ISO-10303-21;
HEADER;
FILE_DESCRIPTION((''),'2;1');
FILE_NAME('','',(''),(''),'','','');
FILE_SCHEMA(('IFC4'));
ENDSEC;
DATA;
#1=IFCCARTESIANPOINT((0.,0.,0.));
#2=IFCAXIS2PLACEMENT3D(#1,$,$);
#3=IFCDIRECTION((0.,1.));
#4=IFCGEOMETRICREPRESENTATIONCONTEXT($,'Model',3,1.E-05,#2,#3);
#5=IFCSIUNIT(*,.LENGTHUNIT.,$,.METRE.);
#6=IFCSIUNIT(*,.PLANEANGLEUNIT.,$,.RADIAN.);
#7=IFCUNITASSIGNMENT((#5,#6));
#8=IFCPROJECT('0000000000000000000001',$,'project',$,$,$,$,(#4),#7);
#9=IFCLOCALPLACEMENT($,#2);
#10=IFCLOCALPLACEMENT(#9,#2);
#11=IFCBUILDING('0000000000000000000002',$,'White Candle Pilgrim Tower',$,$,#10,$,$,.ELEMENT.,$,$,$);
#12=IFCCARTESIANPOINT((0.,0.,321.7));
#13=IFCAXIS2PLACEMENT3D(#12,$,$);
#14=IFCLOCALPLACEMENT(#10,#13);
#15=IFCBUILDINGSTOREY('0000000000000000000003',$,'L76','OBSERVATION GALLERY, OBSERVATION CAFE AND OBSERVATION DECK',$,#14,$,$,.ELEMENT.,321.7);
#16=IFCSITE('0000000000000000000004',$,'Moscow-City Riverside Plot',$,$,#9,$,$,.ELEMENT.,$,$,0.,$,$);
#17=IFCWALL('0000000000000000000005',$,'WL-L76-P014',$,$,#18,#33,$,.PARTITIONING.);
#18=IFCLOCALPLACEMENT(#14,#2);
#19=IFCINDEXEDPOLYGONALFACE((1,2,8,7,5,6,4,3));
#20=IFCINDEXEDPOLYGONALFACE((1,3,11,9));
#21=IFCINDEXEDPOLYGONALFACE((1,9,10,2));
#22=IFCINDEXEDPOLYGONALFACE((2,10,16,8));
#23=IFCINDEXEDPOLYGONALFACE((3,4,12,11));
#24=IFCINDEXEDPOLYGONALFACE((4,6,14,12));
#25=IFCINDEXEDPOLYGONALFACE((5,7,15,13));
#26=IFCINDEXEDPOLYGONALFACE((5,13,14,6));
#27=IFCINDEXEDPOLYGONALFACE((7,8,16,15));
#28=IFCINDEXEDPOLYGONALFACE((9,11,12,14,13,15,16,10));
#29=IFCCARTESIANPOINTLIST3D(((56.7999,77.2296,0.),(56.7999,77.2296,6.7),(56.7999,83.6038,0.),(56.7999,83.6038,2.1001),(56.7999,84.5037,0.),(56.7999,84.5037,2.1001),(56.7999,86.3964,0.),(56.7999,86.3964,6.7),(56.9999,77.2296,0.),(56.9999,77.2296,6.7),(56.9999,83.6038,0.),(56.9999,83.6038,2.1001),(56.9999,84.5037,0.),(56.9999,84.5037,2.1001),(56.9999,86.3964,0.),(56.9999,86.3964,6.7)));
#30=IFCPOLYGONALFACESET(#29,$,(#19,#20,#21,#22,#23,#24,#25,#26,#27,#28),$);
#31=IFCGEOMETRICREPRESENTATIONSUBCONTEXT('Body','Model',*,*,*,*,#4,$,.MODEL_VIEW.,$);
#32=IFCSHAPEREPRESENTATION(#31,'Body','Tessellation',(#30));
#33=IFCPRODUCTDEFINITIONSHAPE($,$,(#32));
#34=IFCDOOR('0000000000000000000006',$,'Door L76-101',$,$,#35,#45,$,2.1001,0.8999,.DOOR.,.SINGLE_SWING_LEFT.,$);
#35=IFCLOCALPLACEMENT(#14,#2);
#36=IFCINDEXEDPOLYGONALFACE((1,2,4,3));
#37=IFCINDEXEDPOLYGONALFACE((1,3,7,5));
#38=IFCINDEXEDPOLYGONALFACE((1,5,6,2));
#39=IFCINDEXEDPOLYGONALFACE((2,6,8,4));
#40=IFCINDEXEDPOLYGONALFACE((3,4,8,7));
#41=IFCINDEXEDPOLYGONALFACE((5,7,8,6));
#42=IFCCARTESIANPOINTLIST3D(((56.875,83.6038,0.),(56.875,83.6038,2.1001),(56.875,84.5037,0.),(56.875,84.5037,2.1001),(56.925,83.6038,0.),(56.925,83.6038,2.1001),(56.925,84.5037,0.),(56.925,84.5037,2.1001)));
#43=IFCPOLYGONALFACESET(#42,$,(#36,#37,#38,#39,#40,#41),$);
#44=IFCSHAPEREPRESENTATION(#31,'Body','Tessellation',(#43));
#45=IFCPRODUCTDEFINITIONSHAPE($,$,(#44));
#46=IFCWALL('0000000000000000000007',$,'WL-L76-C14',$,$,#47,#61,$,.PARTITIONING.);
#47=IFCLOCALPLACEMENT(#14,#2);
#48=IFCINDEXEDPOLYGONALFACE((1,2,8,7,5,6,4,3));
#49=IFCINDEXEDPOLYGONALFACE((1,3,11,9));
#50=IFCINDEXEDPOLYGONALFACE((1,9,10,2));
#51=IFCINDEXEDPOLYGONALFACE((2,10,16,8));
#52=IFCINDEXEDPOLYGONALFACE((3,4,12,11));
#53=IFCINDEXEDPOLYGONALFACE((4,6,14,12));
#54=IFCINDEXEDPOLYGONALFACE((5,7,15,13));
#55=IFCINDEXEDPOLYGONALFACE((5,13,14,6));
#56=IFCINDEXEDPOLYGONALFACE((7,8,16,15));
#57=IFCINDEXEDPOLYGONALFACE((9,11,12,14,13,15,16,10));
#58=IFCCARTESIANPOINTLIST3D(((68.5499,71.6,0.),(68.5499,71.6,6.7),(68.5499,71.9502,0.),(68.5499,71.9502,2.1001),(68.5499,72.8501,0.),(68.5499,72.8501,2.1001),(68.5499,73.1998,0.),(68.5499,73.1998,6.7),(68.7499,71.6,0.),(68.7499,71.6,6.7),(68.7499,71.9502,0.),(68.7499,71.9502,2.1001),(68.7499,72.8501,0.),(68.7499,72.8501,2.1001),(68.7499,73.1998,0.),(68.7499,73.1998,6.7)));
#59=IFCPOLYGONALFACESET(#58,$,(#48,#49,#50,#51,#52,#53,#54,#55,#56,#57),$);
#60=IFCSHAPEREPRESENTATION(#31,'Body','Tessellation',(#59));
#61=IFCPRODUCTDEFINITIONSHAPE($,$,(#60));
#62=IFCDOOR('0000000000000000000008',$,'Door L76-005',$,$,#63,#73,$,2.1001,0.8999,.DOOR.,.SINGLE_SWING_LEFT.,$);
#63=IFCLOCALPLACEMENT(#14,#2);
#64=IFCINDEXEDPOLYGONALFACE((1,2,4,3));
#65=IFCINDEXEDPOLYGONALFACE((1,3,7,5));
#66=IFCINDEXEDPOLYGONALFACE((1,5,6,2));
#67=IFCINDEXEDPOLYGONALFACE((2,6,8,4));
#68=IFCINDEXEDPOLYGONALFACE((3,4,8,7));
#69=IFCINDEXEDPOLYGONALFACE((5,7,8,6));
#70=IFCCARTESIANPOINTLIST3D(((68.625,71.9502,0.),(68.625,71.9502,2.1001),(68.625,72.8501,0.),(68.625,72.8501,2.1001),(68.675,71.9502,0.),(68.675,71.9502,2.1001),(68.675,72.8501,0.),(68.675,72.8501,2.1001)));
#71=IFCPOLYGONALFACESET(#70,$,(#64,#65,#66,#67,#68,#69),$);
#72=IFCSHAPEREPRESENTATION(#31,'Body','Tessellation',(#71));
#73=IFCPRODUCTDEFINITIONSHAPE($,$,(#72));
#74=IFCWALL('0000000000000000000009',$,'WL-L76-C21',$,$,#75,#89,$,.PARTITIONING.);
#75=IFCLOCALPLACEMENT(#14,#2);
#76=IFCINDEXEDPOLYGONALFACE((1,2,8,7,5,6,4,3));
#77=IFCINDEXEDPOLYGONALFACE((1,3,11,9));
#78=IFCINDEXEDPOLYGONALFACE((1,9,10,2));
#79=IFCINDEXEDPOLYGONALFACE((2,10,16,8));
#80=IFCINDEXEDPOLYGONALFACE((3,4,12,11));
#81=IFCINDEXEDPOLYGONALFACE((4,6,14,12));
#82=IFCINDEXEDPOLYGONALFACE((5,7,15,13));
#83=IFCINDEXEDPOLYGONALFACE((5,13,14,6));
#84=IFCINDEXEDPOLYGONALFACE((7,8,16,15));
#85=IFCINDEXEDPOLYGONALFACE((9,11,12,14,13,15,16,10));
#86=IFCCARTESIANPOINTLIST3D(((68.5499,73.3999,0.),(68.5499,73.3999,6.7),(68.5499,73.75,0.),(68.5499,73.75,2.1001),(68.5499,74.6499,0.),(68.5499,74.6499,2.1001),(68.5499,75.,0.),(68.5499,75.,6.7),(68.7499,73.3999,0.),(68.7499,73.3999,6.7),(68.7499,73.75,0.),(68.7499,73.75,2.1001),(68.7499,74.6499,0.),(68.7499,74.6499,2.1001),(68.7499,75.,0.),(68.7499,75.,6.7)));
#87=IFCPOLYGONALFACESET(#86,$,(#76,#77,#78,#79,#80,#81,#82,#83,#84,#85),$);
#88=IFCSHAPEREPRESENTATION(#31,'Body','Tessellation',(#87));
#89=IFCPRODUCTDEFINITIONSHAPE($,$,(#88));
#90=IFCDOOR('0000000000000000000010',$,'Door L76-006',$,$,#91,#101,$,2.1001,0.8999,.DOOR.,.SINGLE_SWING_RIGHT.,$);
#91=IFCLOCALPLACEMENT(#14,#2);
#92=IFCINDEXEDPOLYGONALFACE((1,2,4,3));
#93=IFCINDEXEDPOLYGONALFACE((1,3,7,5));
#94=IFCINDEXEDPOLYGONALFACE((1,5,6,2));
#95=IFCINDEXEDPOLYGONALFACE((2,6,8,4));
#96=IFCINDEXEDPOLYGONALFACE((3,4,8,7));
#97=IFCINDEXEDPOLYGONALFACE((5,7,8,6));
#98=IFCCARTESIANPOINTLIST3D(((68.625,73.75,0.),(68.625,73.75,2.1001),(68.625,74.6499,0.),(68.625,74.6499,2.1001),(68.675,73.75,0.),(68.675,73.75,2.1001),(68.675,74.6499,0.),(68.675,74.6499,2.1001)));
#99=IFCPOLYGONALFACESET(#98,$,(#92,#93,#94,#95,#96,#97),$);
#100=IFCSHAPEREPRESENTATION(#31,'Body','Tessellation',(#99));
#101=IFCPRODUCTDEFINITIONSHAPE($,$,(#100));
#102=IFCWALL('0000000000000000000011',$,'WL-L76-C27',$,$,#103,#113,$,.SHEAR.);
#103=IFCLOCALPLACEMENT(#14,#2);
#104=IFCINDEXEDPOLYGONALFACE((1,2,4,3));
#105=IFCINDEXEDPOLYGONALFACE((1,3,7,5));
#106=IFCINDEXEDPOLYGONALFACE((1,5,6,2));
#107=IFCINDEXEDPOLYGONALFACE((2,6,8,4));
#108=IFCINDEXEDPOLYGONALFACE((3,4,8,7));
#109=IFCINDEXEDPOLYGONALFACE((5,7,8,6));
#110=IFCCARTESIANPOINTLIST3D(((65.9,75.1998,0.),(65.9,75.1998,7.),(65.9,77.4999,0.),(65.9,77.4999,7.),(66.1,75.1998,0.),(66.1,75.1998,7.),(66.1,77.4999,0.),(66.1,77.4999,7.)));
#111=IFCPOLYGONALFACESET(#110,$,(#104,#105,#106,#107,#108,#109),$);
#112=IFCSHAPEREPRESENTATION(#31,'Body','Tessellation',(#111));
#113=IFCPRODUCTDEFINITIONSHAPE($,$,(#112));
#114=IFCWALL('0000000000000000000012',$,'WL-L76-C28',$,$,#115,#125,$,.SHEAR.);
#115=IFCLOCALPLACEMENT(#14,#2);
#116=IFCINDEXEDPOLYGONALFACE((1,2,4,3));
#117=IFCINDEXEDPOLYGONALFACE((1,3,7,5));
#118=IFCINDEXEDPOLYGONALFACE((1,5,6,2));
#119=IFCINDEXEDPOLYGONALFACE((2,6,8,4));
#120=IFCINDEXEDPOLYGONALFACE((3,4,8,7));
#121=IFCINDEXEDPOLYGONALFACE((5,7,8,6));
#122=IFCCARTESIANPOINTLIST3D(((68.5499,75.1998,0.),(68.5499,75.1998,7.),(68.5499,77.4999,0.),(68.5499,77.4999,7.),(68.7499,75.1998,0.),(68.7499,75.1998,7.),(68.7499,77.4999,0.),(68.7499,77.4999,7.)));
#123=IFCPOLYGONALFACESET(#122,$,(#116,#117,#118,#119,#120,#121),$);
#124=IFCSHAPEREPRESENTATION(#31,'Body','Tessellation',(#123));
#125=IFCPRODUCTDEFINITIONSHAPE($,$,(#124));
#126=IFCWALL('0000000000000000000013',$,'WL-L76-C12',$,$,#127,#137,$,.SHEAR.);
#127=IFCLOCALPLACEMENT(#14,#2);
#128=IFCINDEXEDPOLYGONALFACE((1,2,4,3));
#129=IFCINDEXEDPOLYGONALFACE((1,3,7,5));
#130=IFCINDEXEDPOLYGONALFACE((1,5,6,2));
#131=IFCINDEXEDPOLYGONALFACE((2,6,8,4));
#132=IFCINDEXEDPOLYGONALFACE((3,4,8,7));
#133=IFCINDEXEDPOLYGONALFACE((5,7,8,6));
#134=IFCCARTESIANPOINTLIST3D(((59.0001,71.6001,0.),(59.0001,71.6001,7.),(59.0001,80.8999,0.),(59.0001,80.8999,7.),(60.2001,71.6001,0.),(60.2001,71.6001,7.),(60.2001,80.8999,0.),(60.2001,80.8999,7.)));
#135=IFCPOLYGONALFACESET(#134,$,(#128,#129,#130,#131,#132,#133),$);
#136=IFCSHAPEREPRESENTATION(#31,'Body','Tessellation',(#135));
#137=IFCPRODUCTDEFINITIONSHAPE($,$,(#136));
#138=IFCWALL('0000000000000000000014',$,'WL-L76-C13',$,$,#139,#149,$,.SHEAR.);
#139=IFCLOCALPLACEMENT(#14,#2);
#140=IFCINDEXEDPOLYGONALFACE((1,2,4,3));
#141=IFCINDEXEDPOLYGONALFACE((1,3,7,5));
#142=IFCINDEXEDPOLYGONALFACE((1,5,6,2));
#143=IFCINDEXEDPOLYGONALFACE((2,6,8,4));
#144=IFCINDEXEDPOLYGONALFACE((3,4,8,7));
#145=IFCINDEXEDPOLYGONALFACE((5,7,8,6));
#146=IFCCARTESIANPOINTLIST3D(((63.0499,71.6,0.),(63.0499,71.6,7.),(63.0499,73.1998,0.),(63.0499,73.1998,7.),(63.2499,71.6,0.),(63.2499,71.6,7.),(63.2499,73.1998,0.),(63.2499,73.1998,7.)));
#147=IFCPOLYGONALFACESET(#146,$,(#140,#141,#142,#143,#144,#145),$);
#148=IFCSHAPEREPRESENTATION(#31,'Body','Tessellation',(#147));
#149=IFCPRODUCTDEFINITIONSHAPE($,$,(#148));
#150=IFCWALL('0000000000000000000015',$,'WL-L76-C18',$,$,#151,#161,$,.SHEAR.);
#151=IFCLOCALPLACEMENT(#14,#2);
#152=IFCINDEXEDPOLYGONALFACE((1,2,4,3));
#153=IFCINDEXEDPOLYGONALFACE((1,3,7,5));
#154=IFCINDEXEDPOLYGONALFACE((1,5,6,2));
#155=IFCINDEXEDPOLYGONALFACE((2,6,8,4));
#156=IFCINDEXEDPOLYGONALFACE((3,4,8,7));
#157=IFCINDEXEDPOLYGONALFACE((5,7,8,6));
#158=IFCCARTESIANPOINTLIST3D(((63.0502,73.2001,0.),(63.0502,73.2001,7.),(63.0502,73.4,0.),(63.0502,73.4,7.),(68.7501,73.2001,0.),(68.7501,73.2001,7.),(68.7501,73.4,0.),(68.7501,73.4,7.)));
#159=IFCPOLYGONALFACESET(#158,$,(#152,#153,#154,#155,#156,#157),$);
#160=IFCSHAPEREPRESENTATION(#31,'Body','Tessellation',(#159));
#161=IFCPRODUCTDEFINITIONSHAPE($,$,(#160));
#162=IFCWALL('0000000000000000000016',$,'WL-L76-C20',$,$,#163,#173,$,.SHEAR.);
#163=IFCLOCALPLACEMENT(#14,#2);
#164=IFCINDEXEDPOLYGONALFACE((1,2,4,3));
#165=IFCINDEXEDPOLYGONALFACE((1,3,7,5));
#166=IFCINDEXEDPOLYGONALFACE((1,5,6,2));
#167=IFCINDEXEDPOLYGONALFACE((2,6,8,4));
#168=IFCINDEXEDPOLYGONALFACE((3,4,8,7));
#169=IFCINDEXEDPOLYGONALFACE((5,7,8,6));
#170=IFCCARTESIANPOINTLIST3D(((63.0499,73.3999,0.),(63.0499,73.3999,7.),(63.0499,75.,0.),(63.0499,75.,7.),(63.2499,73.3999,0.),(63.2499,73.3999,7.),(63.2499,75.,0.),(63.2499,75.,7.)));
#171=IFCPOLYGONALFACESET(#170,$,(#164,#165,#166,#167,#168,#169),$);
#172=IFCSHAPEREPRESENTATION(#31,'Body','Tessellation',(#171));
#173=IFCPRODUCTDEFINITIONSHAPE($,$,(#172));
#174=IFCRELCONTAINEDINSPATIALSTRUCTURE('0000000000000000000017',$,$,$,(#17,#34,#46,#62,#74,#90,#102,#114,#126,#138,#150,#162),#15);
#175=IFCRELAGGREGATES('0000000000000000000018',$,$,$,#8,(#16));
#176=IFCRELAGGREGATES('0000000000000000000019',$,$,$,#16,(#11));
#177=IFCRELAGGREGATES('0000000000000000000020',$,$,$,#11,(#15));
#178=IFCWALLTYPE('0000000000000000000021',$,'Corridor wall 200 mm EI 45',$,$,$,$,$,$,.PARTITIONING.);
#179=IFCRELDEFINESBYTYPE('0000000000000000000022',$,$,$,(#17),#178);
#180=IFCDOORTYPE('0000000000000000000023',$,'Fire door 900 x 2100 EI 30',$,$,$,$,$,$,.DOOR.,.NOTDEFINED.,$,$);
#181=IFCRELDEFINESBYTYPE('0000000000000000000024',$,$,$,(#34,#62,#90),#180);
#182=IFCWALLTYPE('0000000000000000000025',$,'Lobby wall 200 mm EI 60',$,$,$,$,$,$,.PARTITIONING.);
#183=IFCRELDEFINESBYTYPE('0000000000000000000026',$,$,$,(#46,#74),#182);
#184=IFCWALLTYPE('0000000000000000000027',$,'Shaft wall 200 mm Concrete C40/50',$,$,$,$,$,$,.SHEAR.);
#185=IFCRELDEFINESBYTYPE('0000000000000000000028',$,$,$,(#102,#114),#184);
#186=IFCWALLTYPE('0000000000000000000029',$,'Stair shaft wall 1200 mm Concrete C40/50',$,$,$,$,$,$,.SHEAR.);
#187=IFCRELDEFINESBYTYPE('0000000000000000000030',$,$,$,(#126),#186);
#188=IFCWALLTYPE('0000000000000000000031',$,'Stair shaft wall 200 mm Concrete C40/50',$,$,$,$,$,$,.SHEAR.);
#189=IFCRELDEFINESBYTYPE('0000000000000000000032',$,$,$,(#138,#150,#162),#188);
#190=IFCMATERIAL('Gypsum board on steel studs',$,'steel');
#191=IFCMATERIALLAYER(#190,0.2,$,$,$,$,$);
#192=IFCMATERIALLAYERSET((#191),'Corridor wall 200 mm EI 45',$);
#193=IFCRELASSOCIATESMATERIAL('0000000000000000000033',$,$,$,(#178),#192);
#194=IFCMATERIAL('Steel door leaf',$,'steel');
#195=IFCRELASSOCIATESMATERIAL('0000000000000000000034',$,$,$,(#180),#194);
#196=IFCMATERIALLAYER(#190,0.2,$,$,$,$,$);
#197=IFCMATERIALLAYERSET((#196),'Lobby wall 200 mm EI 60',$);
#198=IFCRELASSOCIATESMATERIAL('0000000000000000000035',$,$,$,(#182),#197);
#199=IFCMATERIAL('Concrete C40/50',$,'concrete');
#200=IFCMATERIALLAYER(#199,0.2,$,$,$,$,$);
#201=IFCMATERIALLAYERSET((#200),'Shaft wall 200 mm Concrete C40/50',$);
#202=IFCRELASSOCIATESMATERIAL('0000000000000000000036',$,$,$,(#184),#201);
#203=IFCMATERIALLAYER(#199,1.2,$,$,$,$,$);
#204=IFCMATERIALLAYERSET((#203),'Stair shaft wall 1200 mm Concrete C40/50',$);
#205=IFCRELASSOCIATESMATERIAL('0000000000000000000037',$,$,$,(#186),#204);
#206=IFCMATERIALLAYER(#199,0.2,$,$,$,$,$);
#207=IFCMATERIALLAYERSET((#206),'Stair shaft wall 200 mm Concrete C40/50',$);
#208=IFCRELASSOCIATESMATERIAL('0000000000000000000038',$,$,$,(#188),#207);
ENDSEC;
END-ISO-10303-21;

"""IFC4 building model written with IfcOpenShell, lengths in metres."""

from ifc_helpers import new_model, si_unit, direction, frame, frame_2d, origin, place, context, subcontext, project, spatial, rectangle, extrude, material, layer, layer_set, type_object, element, fill, save


model = new_model("IFC4")

# Units and contexts
model_context = context("Model", 3, precision=1e-05, world=origin(), true_north=direction((0.0, 1.0)))
body_context = subcontext(model_context, "Body", "Model", "MODEL_VIEW")
ifc_project = project(units=[si_unit("LENGTHUNIT", "METRE"), si_unit("PLANEANGLEUNIT", "RADIAN")], contexts=[model_context])

# Site, building, storey
site_placement = place(None, origin())
site = spatial("IfcSite", under=ifc_project, at=site_placement, Name="Moscow-City Riverside Plot", CompositionType="ELEMENT", RefElevation=0.0)
building_placement = place(site_placement, origin())
building = spatial("IfcBuilding", under=site, at=building_placement, Name="White Candle Pilgrim Tower", CompositionType="ELEMENT")
storey_placement = place(building_placement, frame((0.0, 0.0, 321.7)))
storey = spatial("IfcBuildingStorey", under=building, at=storey_placement, Name="L76", Description="OBSERVATION GALLERY, OBSERVATION CAFE AND OBSERVATION DECK", CompositionType="ELEMENT", Elevation=321.7)

# Walls, openings, doors
ifc_material_1 = material(Name="Gypsum board on steel studs", Category="steel")
ifc_layer_1 = layer(ifc_material_1, 0.2)
ifc_layer_set_1 = layer_set([ifc_layer_1], Name="Corridor wall 200 mm EI 45")
wall_type_1 = type_object("IfcWallType", Name="Corridor wall 200 mm EI 45", PredefinedType="PARTITIONING", material=ifc_layer_set_1)
wall_1_placement = place(storey_placement, frame((56.8999, 77.2295, 0.0), z_axis=(0.0, 0.0, 1.0), x_axis=(0.0, 1.0, 0.0)))
wall_1 = element("IfcWall", 1, at=wall_1_placement, inside=storey, type_object=wall_type_1, Name="WL-L76-P014", PredefinedType="PARTITIONING", context=body_context, shape_type="SweptSolid", body=[
    extrude(rectangle(XDim=9.1667, YDim=0.2, at=frame_2d((4.5835, 0.0))), origin(), (0.0, 0.0, 1.0), 6.7),
])
opening_1_placement = place(wall_1_placement, frame((6.3743, 0.0, 0.0)))
opening_1 = element("IfcOpeningElement", 2, at=opening_1_placement, cuts=wall_1, PredefinedType="OPENING", context=body_context, shape_type="SweptSolid", body=[
    extrude(rectangle(XDim=0.8999, YDim=2.1001, at=frame_2d((0.45, 1.05))), frame((0.0, 0.1099, 0.0), z_axis=(0.0, -1.0, 0.0), x_axis=(1.0, 0.0, 0.0)), (0.0, 0.0, 1.0), 0.22),
])
ifc_material_2 = material(Name="Steel door leaf", Category="steel")
door_type_1 = type_object("IfcDoorType", Name="Fire door 900 x 2100 EI 30", OperationType="NOTDEFINED", PredefinedType="DOOR", material=ifc_material_2)
door_1_placement = place(opening_1_placement, origin())
door_1 = element("IfcDoor", 3, at=door_1_placement, inside=storey, type_object=door_type_1, Name="Door L76-101", OperationType="SINGLE_SWING_LEFT", OverallHeight=2.1001, OverallWidth=0.8999, PredefinedType="DOOR", context=body_context, shape_type="SweptSolid", body=[
    extrude(rectangle(XDim=0.8999, YDim=2.1001, at=frame_2d((0.45, 1.05))), frame((0.0, 0.0249, 0.0), z_axis=(0.0, -1.0, 0.0), x_axis=(1.0, 0.0, 0.0)), (0.0, 0.0, 1.0), 0.05),
])
fill(opening_1, door_1)
ifc_layer_2 = layer(ifc_material_1, 0.2)
ifc_layer_set_2 = layer_set([ifc_layer_2], Name="Lobby wall 200 mm EI 60")
wall_type_2 = type_object("IfcWallType", Name="Lobby wall 200 mm EI 60", PredefinedType="PARTITIONING", material=ifc_layer_set_2)
wall_2_placement = place(storey_placement, frame((68.6499, 71.6001, 0.0), z_axis=(0.0, 0.0, 1.0), x_axis=(0.0, 1.0, 0.0)))
wall_2 = element("IfcWall", 4, at=wall_2_placement, inside=storey, type_object=wall_type_2, Name="WL-L76-C14", PredefinedType="PARTITIONING", context=body_context, shape_type="SweptSolid", body=[
    extrude(rectangle(XDim=1.5999, YDim=0.2, at=frame_2d((0.7998, 0.0))), origin(), (0.0, 0.0, 1.0), 6.7),
])
opening_2_placement = place(wall_2_placement, frame((0.3501, 0.0, 0.0)))
opening_2 = element("IfcOpeningElement", 5, at=opening_2_placement, cuts=wall_2, PredefinedType="OPENING", context=body_context, shape_type="SweptSolid", body=[
    extrude(rectangle(XDim=0.8999, YDim=2.1001, at=frame_2d((0.45, 1.05))), frame((0.0, 0.1099, 0.0), z_axis=(0.0, -1.0, 0.0), x_axis=(1.0, 0.0, 0.0)), (0.0, 0.0, 1.0), 0.22),
])
door_2_placement = place(opening_2_placement, origin())
door_2 = element("IfcDoor", 6, at=door_2_placement, inside=storey, type_object=door_type_1, Name="Door L76-005", OperationType="SINGLE_SWING_LEFT", OverallHeight=2.1001, OverallWidth=0.8999, PredefinedType="DOOR", context=body_context, shape_type="SweptSolid", body=[
    extrude(rectangle(XDim=0.8999, YDim=2.1001, at=frame_2d((0.45, 1.05))), frame((0.0, 0.0249, 0.0), z_axis=(0.0, -1.0, 0.0), x_axis=(1.0, 0.0, 0.0)), (0.0, 0.0, 1.0), 0.05),
])
fill(opening_2, door_2)
wall_3_placement = place(storey_placement, frame((68.6499, 73.3999, 0.0), z_axis=(0.0, 0.0, 1.0), x_axis=(0.0, 1.0, 0.0)))
wall_3 = element("IfcWall", 7, at=wall_3_placement, inside=storey, type_object=wall_type_2, Name="WL-L76-C21", PredefinedType="PARTITIONING", context=body_context, shape_type="SweptSolid", body=[
    extrude(rectangle(XDim=1.6001, YDim=0.2, at=frame_2d((0.8, 0.0))), origin(), (0.0, 0.0, 1.0), 6.7),
])
opening_3_placement = place(wall_3_placement, frame((0.3501, 0.0, 0.0)))
opening_3 = element("IfcOpeningElement", 8, at=opening_3_placement, cuts=wall_3, PredefinedType="OPENING", context=body_context, shape_type="SweptSolid", body=[
    extrude(rectangle(XDim=0.8999, YDim=2.1001, at=frame_2d((0.45, 1.05))), frame((0.0, 0.1099, 0.0), z_axis=(0.0, -1.0, 0.0), x_axis=(1.0, 0.0, 0.0)), (0.0, 0.0, 1.0), 0.22),
])
door_3_placement = place(opening_3_placement, origin())
door_3 = element("IfcDoor", 9, at=door_3_placement, inside=storey, type_object=door_type_1, Name="Door L76-006", OperationType="SINGLE_SWING_RIGHT", OverallHeight=2.1001, OverallWidth=0.8999, PredefinedType="DOOR", context=body_context, shape_type="SweptSolid", body=[
    extrude(rectangle(XDim=0.8999, YDim=2.1001, at=frame_2d((0.45, 1.05))), frame((0.0, 0.0249, 0.0), z_axis=(0.0, -1.0, 0.0), x_axis=(1.0, 0.0, 0.0)), (0.0, 0.0, 1.0), 0.05),
])
fill(opening_3, door_3)

# Walls
ifc_material_3 = material(Name="Concrete C40/50", Category="concrete")
ifc_layer_3 = layer(ifc_material_3, 0.2)
ifc_layer_set_3 = layer_set([ifc_layer_3], Name="Shaft wall 200 mm Concrete C40/50")
wall_type_3 = type_object("IfcWallType", Name="Shaft wall 200 mm Concrete C40/50", PredefinedType="SHEAR", material=ifc_layer_set_3)
for number, where, z_axis, x_axis, name in (
    (10, (66.0, 75.2, 0.0), (0.0, 0.0, 1.0), (0.0, 1.0, 0.0), "WL-L76-C27"),
    (11, (68.6499, 75.2, 0.0), (0.0, 0.0, 1.0), (0.0, 1.0, 0.0), "WL-L76-C28"),
):
    element("IfcWall", number, at=place(storey_placement, frame(where, z_axis=z_axis, x_axis=x_axis)), inside=storey, type_object=wall_type_3, Name=name, PredefinedType="SHEAR", context=body_context, shape_type="SweptSolid", body=[
        extrude(rectangle(XDim=2.3, YDim=0.2, at=frame_2d((1.1499, 0.0))), origin(), (0.0, 0.0, 1.0), 7.0),
    ])
ifc_layer_4 = layer(ifc_material_3, 1.2)
ifc_layer_set_4 = layer_set([ifc_layer_4], Name="Stair shaft wall 1200 mm Concrete C40/50")
wall_type_4 = type_object("IfcWallType", Name="Stair shaft wall 1200 mm Concrete C40/50", PredefinedType="SHEAR", material=ifc_layer_set_4)
wall_4_placement = place(storey_placement, frame((59.6001, 71.6001, 0.0), z_axis=(0.0, 0.0, 1.0), x_axis=(0.0, 1.0, 0.0)))
element("IfcWall", 12, at=wall_4_placement, inside=storey, type_object=wall_type_4, Name="WL-L76-C12", PredefinedType="SHEAR", context=body_context, shape_type="SweptSolid", body=[
    extrude(rectangle(XDim=9.2998, YDim=1.2, at=frame_2d((4.6499, 0.0))), origin(), (0.0, 0.0, 1.0), 7.0),
])
ifc_layer_5 = layer(ifc_material_3, 0.2)
ifc_layer_set_5 = layer_set([ifc_layer_5], Name="Stair shaft wall 200 mm Concrete C40/50")
wall_type_5 = type_object("IfcWallType", Name="Stair shaft wall 200 mm Concrete C40/50", PredefinedType="SHEAR", material=ifc_layer_set_5)
wall_5_placement = place(storey_placement, frame((63.1499, 71.6001, 0.0), z_axis=(0.0, 0.0, 1.0), x_axis=(0.0, 1.0, 0.0)))
element("IfcWall", 13, at=wall_5_placement, inside=storey, type_object=wall_type_5, Name="WL-L76-C13", PredefinedType="SHEAR", context=body_context, shape_type="SweptSolid", body=[
    extrude(rectangle(XDim=1.5999, YDim=0.2, at=frame_2d((0.7998, 0.0))), origin(), (0.0, 0.0, 1.0), 7.0),
])
wall_6_placement = place(storey_placement, frame((63.05, 73.3, 0.0), z_axis=(0.0, 0.0, 1.0), x_axis=(1.0, 0.0, 0.0)))
element("IfcWall", 14, at=wall_6_placement, inside=storey, type_object=wall_type_5, Name="WL-L76-C18", PredefinedType="SHEAR", context=body_context, shape_type="SweptSolid", body=[
    extrude(rectangle(XDim=5.7, YDim=0.2, at=frame_2d((2.8501, 0.0))), origin(), (0.0, 0.0, 1.0), 7.0),
])
wall_7_placement = place(storey_placement, frame((63.1499, 73.3999, 0.0), z_axis=(0.0, 0.0, 1.0), x_axis=(0.0, 1.0, 0.0)))
element("IfcWall", 15, at=wall_7_placement, inside=storey, type_object=wall_type_5, Name="WL-L76-C20", PredefinedType="SHEAR", context=body_context, shape_type="SweptSolid", body=[
    extrude(rectangle(XDim=1.6001, YDim=0.2, at=frame_2d((0.8, 0.0))), origin(), (0.0, 0.0, 1.0), 7.0),
])

save(model, "model.ifc")
